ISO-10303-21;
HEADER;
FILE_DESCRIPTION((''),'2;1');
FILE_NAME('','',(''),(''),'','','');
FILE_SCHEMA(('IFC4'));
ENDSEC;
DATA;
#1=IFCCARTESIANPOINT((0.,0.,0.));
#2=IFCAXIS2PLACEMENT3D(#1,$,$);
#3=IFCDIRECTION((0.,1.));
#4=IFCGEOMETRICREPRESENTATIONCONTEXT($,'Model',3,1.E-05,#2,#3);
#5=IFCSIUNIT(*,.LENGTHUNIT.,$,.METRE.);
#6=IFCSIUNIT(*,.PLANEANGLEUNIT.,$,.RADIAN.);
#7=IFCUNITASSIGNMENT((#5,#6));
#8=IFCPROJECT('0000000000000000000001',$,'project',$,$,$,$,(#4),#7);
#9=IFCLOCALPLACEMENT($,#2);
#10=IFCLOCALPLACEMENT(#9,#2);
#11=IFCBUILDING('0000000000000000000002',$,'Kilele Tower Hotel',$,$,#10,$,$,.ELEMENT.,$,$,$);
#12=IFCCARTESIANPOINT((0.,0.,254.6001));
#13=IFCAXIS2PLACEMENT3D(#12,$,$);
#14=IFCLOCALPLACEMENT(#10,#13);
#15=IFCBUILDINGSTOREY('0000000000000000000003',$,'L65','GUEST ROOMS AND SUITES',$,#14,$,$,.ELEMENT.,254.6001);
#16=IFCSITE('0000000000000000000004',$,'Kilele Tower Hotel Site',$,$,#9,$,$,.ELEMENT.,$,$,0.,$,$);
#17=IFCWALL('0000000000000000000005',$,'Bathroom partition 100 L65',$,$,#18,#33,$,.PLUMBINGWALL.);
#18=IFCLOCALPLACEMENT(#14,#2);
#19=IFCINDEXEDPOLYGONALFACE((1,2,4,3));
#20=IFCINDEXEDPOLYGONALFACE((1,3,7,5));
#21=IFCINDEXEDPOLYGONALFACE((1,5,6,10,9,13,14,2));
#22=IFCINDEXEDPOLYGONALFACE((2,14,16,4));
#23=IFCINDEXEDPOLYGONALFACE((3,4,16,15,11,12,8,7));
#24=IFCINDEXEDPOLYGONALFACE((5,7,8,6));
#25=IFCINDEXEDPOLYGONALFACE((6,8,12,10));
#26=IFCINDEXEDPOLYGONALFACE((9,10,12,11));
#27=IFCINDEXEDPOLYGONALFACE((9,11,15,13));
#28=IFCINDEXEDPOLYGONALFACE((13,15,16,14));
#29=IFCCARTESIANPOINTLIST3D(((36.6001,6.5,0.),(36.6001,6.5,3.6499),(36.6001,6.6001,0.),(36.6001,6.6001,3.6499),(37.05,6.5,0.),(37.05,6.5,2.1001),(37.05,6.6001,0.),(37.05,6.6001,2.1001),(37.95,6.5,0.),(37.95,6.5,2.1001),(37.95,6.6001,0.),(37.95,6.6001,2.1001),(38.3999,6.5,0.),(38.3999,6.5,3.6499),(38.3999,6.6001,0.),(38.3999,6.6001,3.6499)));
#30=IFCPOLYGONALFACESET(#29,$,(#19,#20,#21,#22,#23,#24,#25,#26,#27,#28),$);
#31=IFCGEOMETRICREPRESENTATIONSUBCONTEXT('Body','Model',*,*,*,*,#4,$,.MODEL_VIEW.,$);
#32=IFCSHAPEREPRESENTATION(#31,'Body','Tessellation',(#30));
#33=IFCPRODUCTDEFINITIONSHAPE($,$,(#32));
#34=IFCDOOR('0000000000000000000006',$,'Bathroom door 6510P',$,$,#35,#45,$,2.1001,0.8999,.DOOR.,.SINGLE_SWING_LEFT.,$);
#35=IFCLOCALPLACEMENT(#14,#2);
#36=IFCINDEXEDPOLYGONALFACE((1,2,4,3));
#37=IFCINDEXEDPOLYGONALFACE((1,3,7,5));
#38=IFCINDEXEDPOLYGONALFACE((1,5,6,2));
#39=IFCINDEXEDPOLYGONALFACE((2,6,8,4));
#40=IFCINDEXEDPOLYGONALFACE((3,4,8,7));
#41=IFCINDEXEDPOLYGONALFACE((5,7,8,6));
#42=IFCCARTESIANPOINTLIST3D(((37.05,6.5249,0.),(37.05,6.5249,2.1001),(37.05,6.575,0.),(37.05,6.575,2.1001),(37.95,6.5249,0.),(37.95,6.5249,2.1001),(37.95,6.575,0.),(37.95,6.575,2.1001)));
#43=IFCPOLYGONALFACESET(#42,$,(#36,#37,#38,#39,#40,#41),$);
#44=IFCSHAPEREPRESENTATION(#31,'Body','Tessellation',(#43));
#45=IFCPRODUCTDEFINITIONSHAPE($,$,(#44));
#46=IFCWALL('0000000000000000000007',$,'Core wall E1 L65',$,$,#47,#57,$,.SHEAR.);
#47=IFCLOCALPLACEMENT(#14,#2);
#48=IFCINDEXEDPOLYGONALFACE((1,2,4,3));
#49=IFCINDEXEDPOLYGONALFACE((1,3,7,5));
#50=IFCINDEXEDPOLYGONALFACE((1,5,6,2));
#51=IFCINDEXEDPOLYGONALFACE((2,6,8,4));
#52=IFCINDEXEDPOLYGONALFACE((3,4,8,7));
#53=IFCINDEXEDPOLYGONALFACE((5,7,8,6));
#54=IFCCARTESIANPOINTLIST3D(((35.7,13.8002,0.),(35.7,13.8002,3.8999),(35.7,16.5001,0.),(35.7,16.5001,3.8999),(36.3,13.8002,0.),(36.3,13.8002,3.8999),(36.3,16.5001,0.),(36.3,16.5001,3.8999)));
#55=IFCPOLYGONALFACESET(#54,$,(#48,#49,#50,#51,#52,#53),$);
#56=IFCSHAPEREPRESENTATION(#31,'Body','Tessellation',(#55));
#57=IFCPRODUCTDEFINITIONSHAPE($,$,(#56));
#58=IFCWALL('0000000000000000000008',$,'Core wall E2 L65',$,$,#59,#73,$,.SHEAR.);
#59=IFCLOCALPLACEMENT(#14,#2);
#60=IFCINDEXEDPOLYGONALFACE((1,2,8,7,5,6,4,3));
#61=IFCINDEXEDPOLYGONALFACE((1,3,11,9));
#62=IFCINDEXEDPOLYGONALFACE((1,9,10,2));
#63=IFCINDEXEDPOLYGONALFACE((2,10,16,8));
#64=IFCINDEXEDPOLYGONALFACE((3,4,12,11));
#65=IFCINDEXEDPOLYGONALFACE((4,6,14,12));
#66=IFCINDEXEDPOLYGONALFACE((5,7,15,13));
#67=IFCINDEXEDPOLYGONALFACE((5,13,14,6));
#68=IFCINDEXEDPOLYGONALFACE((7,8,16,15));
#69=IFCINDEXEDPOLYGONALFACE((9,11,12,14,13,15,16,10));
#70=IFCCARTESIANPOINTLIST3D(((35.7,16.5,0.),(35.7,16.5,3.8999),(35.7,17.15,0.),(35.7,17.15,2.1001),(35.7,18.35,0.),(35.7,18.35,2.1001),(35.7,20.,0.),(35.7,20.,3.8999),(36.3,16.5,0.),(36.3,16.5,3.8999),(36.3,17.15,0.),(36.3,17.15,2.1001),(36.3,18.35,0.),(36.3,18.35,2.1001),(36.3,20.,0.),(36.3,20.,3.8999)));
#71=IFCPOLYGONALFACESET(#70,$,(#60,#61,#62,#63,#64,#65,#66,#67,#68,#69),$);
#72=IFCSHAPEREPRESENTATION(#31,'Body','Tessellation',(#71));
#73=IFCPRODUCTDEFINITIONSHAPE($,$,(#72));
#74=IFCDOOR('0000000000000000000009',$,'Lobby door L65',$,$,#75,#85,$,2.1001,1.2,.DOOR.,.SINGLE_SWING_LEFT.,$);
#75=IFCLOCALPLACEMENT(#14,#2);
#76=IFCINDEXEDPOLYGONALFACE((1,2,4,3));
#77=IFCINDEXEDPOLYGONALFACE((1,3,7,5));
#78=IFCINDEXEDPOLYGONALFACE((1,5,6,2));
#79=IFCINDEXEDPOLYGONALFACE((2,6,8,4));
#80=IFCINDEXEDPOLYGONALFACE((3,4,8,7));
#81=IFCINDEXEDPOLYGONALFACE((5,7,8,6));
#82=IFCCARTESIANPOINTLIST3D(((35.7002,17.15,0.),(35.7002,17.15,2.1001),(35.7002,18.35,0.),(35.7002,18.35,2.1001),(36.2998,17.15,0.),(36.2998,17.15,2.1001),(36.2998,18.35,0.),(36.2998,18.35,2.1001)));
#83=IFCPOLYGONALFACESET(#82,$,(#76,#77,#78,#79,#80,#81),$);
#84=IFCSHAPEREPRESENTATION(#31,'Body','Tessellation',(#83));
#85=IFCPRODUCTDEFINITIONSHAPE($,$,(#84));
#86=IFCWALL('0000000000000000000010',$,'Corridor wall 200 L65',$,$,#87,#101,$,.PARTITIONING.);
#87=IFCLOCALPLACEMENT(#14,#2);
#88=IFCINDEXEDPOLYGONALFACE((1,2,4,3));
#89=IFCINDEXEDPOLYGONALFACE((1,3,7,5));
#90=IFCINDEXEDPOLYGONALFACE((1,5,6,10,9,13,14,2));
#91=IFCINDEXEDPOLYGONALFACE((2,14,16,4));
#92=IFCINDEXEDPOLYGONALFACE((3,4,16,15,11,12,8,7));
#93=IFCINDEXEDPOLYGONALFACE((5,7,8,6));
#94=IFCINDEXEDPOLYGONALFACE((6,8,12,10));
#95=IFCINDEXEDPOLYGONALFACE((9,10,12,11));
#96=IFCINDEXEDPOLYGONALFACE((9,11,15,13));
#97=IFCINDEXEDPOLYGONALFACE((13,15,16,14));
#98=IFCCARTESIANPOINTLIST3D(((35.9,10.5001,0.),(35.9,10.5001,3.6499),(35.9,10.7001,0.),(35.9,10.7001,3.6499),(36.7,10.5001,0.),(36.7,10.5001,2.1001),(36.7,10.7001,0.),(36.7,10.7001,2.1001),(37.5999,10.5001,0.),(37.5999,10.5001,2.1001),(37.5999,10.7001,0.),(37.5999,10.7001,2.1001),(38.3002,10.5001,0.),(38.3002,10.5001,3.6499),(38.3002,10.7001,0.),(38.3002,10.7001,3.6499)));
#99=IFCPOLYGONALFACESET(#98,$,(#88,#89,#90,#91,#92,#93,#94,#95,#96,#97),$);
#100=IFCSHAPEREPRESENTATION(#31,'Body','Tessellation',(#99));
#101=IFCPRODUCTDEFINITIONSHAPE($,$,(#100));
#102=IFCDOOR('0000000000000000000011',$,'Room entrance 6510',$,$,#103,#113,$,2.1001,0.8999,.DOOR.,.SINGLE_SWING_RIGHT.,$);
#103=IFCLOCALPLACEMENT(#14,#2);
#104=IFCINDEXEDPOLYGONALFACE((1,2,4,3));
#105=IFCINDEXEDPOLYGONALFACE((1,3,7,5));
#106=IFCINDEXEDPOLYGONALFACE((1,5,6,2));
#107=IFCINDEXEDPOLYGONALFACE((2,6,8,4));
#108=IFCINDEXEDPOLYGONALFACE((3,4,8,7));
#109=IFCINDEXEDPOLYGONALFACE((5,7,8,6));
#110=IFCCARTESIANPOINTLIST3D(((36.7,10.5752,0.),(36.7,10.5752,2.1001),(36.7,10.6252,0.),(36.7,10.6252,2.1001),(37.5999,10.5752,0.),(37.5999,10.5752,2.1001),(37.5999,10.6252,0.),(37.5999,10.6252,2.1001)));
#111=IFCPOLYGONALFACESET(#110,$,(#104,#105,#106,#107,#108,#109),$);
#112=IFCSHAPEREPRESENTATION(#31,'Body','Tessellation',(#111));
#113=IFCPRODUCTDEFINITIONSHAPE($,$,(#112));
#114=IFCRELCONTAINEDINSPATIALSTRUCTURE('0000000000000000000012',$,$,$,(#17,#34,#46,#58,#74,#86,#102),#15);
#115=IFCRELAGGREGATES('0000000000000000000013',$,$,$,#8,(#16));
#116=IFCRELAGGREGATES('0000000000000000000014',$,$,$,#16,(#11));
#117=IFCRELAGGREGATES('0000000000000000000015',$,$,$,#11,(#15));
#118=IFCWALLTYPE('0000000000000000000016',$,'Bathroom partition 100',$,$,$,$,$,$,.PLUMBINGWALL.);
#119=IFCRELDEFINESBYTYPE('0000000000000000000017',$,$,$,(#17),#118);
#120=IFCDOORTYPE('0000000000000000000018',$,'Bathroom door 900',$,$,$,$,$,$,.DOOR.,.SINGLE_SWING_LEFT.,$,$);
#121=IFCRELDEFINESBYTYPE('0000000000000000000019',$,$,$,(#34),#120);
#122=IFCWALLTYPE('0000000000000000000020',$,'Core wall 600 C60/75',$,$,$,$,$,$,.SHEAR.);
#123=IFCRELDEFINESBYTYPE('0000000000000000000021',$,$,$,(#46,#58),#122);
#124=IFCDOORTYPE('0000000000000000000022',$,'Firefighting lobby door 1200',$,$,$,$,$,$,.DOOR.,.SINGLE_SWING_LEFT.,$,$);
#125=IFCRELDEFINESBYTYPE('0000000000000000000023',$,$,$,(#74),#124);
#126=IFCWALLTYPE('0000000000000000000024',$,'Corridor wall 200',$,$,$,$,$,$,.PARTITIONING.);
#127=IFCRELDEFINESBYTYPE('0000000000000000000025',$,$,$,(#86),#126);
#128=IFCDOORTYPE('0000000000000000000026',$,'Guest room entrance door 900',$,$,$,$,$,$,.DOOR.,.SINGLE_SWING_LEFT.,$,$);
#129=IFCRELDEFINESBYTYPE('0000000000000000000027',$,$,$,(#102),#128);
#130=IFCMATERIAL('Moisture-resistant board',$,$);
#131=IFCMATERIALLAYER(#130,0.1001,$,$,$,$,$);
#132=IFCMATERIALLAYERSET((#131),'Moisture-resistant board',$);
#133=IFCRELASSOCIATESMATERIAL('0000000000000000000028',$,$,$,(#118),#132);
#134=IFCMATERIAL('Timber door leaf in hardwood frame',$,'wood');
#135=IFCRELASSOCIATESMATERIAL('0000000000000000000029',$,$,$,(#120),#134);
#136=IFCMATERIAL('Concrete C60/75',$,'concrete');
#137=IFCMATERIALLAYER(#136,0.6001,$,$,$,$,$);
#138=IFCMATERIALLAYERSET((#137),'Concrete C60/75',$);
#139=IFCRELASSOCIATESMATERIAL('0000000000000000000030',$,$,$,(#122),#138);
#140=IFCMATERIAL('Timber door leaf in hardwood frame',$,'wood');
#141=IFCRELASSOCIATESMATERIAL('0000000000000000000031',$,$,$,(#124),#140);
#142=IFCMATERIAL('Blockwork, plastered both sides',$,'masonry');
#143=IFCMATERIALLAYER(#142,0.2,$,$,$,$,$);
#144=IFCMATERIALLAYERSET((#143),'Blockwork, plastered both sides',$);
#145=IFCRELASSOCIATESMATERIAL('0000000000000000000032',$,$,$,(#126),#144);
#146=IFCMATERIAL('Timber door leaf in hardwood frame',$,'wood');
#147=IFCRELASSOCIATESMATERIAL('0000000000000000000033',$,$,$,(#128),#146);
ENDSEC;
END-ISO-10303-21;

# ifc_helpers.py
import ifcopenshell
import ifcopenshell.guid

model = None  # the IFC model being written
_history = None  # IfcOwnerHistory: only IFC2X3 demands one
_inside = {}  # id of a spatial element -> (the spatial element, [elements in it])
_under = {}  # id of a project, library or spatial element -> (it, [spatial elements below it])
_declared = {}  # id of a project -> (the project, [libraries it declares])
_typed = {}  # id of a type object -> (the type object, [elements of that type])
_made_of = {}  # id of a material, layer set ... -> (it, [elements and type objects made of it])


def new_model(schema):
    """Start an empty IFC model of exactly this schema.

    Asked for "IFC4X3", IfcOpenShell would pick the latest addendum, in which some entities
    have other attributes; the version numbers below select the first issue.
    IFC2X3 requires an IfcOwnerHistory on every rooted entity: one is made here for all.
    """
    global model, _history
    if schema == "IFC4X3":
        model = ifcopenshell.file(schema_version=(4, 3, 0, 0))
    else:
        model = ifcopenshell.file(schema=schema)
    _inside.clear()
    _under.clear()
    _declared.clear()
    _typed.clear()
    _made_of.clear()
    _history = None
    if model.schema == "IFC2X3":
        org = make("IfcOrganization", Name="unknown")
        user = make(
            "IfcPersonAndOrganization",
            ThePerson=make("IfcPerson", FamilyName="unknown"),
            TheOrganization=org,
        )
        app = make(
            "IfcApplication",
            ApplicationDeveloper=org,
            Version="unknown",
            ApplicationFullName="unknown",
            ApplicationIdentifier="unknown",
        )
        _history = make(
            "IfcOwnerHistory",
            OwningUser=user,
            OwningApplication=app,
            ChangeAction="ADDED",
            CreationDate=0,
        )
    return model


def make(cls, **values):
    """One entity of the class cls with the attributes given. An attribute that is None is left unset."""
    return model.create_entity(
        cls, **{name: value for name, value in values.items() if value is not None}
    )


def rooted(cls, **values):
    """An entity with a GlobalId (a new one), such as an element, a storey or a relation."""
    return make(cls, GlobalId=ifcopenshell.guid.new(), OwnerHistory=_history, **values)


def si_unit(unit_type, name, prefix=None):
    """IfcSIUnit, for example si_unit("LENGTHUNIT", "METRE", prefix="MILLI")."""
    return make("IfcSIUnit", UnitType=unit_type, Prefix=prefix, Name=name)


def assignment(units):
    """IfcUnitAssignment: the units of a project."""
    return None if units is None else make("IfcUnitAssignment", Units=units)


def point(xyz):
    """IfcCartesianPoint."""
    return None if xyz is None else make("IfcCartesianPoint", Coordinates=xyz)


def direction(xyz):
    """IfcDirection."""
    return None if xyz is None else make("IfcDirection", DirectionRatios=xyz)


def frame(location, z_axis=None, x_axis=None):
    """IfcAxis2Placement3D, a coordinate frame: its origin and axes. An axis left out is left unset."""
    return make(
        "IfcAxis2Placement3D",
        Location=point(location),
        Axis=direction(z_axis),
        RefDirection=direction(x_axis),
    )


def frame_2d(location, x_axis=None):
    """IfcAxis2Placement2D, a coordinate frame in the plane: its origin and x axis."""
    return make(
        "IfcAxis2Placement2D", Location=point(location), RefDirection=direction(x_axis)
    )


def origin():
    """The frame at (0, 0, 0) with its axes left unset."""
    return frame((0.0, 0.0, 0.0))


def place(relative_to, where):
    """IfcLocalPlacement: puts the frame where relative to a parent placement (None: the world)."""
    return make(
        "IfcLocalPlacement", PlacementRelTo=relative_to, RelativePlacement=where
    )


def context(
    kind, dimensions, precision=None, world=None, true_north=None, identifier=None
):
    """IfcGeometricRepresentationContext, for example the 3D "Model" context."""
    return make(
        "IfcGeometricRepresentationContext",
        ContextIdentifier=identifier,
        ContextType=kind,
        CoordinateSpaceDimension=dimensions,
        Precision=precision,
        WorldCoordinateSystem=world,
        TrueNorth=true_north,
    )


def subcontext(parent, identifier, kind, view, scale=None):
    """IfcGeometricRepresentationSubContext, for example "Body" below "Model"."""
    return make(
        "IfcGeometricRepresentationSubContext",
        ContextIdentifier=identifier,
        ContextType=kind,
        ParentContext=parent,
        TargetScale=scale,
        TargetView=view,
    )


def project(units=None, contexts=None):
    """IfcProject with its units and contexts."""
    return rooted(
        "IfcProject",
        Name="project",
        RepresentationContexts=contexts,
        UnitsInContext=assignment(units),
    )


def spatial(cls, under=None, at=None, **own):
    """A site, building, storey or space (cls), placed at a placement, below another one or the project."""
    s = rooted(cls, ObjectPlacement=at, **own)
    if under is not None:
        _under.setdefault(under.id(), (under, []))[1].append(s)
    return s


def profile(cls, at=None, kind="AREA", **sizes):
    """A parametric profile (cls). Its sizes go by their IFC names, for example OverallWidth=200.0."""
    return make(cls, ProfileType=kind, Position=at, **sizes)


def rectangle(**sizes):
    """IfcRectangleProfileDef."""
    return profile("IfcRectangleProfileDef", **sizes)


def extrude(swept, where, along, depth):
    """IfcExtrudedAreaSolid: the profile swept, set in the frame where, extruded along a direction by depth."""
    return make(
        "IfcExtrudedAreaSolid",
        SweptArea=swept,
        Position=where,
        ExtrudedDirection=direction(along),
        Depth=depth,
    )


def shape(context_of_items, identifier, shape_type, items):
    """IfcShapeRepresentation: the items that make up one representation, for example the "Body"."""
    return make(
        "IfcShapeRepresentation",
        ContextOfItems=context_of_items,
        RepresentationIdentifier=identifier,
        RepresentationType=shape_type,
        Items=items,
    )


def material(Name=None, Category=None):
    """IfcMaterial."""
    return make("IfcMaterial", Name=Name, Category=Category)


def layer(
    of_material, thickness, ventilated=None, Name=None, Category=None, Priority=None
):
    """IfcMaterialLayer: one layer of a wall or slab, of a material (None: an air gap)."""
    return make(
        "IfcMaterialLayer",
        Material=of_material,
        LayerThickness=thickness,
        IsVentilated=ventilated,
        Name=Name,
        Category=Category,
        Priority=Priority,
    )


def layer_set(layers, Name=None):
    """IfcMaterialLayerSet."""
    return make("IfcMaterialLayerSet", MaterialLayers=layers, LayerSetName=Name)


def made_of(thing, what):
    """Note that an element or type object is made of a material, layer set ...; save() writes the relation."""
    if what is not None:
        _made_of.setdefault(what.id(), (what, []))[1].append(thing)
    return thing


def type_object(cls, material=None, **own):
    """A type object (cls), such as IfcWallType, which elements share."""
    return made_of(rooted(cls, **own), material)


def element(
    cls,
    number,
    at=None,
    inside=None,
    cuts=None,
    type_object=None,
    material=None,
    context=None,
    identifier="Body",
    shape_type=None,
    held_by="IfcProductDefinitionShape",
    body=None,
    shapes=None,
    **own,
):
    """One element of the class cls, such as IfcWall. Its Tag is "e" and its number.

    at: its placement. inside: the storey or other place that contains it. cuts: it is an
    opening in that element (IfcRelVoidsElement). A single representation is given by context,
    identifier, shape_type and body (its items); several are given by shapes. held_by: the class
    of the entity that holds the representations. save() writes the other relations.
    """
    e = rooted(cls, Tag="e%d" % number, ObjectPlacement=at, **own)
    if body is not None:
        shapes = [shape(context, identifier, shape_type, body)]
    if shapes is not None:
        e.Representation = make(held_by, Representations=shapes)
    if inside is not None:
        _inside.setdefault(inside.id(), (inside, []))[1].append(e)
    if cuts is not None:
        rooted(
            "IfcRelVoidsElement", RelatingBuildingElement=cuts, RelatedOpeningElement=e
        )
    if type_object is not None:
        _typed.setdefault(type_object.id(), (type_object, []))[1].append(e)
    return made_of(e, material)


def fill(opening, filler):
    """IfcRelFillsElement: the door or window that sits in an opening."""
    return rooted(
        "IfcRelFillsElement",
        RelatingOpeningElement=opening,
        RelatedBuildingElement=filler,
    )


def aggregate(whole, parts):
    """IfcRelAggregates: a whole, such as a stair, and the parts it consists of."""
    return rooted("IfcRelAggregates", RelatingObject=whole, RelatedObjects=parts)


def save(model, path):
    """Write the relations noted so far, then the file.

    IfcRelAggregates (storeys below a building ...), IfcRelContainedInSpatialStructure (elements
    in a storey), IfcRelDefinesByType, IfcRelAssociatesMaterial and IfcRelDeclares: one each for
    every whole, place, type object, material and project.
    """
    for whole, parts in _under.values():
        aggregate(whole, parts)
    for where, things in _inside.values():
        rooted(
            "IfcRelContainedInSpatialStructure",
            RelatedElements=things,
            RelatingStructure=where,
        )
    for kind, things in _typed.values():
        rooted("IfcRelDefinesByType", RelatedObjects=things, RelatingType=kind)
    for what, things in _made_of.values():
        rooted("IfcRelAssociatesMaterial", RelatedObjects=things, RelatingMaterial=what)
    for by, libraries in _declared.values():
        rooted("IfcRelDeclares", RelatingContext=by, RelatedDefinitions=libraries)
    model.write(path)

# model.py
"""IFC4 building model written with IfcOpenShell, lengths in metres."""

from ifc_helpers import new_model, si_unit, direction, frame, frame_2d, origin, place, context, subcontext, project, spatial, rectangle, extrude, material, layer, layer_set, type_object, element, fill, save


model = new_model("IFC4")

# Units and contexts
model_context = context("Model", 3, precision=1e-05, world=origin(), true_north=direction((0.0, 1.0)))
body_context = subcontext(model_context, "Body", "Model", "MODEL_VIEW")
ifc_project = project(units=[si_unit("LENGTHUNIT", "METRE"), si_unit("PLANEANGLEUNIT", "RADIAN")], contexts=[model_context])

# Site, building, storey
site_placement = place(None, origin())
site = spatial("IfcSite", under=ifc_project, at=site_placement, Name="Kilele Tower Hotel Site", CompositionType="ELEMENT", RefElevation=0.0)
building_placement = place(site_placement, origin())
building = spatial("IfcBuilding", under=site, at=building_placement, Name="Kilele Tower Hotel", CompositionType="ELEMENT")
storey_placement = place(building_placement, frame((0.0, 0.0, 254.6001)))
storey = spatial("IfcBuildingStorey", under=building, at=storey_placement, Name="L65", Description="GUEST ROOMS AND SUITES", CompositionType="ELEMENT", Elevation=254.6001)

# Shared definitions
ifc_material_1 = material(Name="Moisture-resistant board")
ifc_layer_1 = layer(ifc_material_1, 0.1001)
ifc_layer_set_1 = layer_set([ifc_layer_1], Name="Moisture-resistant board")
wall_type_1 = type_object("IfcWallType", Name="Bathroom partition 100", PredefinedType="PLUMBINGWALL", material=ifc_layer_set_1)

# Shared definitions
ifc_material_2 = material(Name="Timber door leaf in hardwood frame", Category="wood")
door_type_1 = type_object("IfcDoorType", Name="Bathroom door 900", OperationType="SINGLE_SWING_LEFT", PredefinedType="DOOR", material=ifc_material_2)

# Wall, opening, door
wall_1_placement = place(storey_placement, frame((36.6001, 6.55, 0.0), z_axis=(0.0, 0.0, 1.0), x_axis=(1.0, 0.0, 0.0)))
wall_1 = element("IfcWall", 1, at=wall_1_placement, inside=storey, type_object=wall_type_1, Name="Bathroom partition 100 L65", PredefinedType="PLUMBINGWALL", context=body_context, shape_type="SweptSolid", body=[
    extrude(rectangle(XDim=1.7998, YDim=0.1001, at=frame_2d((0.8999, 0.0))), origin(), (0.0, 0.0, 1.0), 3.6499),
])
opening_1_placement = place(wall_1_placement, frame((0.45, 0.0, 0.0)))
opening_1 = element("IfcOpeningElement", 2, at=opening_1_placement, cuts=wall_1, PredefinedType="OPENING", context=body_context, shape_type="SweptSolid", body=[
    extrude(rectangle(XDim=0.8999, YDim=2.1001, at=frame_2d((0.45, 1.05))), frame((0.0, 0.0601, 0.0), z_axis=(0.0, -1.0, 0.0), x_axis=(1.0, 0.0, 0.0)), (0.0, 0.0, 1.0), 0.1201),
])
door_1_placement = place(opening_1_placement, origin())
door_1 = element("IfcDoor", 3, at=door_1_placement, inside=storey, type_object=door_type_1, Name="Bathroom door 6510P", OperationType="SINGLE_SWING_LEFT", OverallHeight=2.1001, OverallWidth=0.8999, PredefinedType="DOOR", context=body_context, shape_type="SweptSolid", body=[
    extrude(rectangle(XDim=0.8999, YDim=2.1001, at=frame_2d((0.45, 1.05))), frame((0.0, 0.0249, 0.0), z_axis=(0.0, -1.0, 0.0), x_axis=(1.0, 0.0, 0.0)), (0.0, 0.0, 1.0), 0.05),
])
fill(opening_1, door_1)

# Wall
ifc_material_3 = material(Name="Concrete C60/75", Category="concrete")
ifc_layer_2 = layer(ifc_material_3, 0.6001)
ifc_layer_set_2 = layer_set([ifc_layer_2], Name="Concrete C60/75")
wall_type_2 = type_object("IfcWallType", Name="Core wall 600 C60/75", PredefinedType="SHEAR", material=ifc_layer_set_2)
wall_2_placement = place(storey_placement, frame((36.0, 13.8, 0.0), z_axis=(0.0, 0.0, 1.0), x_axis=(0.0, 1.0, 0.0)))
element("IfcWall", 4, at=wall_2_placement, inside=storey, type_object=wall_type_2, Name="Core wall E1 L65", PredefinedType="SHEAR", context=body_context, shape_type="SweptSolid", body=[
    extrude(rectangle(XDim=2.7, YDim=0.6001, at=frame_2d((1.3501, 0.0))), origin(), (0.0, 0.0, 1.0), 3.8999),
])

# Walls, openings, doors
wall_3_placement = place(storey_placement, frame((36.0, 16.5, 0.0), z_axis=(0.0, 0.0, 1.0), x_axis=(0.0, 1.0, 0.0)))
wall_3 = element("IfcWall", 5, at=wall_3_placement, inside=storey, type_object=wall_type_2, Name="Core wall E2 L65", PredefinedType="SHEAR", context=body_context, shape_type="SweptSolid", body=[
    extrude(rectangle(XDim=3.5, YDim=0.6001, at=frame_2d((1.75, 0.0))), origin(), (0.0, 0.0, 1.0), 3.8999),
])
opening_2_placement = place(wall_3_placement, frame((0.6499, 0.0, 0.0)))
opening_2 = element("IfcOpeningElement", 6, at=opening_2_placement, cuts=wall_3, PredefinedType="OPENING", context=body_context, shape_type="SweptSolid", body=[
    extrude(rectangle(XDim=1.2, YDim=2.1001, at=frame_2d((0.6001, 1.05))), frame((0.0, 0.3101, 0.0), z_axis=(0.0, -1.0, 0.0), x_axis=(1.0, 0.0, 0.0)), (0.0, 0.0, 1.0), 0.6201),
])
ifc_material_4 = material(Name="Timber door leaf in hardwood frame", Category="wood")
door_type_2 = type_object("IfcDoorType", Name="Firefighting lobby door 1200", OperationType="SINGLE_SWING_LEFT", PredefinedType="DOOR", material=ifc_material_4)
door_2_placement = place(opening_2_placement, origin())
door_2 = element("IfcDoor", 7, at=door_2_placement, inside=storey, type_object=door_type_2, Name="Lobby door L65", OperationType="SINGLE_SWING_LEFT", OverallHeight=2.1001, OverallWidth=1.2, PredefinedType="DOOR", context=body_context, shape_type="SweptSolid", body=[
    extrude(rectangle(XDim=1.2, YDim=2.1001, at=frame_2d((0.6001, 1.05))), frame((0.0, 0.2998, 0.0), z_axis=(0.0, -1.0, 0.0), x_axis=(1.0, 0.0, 0.0)), (0.0, 0.0, 1.0), 0.5996),
])
fill(opening_2, door_2)
ifc_material_5 = material(Name="Blockwork, plastered both sides", Category="masonry")
ifc_layer_3 = layer(ifc_material_5, 0.2)
ifc_layer_set_3 = layer_set([ifc_layer_3], Name="Blockwork, plastered both sides")
wall_type_3 = type_object("IfcWallType", Name="Corridor wall 200", PredefinedType="PARTITIONING", material=ifc_layer_set_3)
wall_4_placement = place(storey_placement, frame((35.8999, 10.6001, 0.0), z_axis=(0.0, 0.0, 1.0), x_axis=(1.0, 0.0, 0.0)))
wall_4 = element("IfcWall", 8, at=wall_4_placement, inside=storey, type_object=wall_type_3, Name="Corridor wall 200 L65", PredefinedType="PARTITIONING", context=body_context, shape_type="SweptSolid", body=[
    extrude(rectangle(XDim=2.4001, YDim=0.2, at=frame_2d((1.2002, 0.0))), origin(), (0.0, 0.0, 1.0), 3.6499),
])
opening_3_placement = place(wall_4_placement, frame((1.7, 0.0, 0.0), z_axis=(0.0, 0.0, 1.0), x_axis=(-1.0, 0.0, 0.0)))
opening_3 = element("IfcOpeningElement", 9, at=opening_3_placement, cuts=wall_4, PredefinedType="OPENING", context=body_context, shape_type="SweptSolid", body=[
    extrude(rectangle(XDim=0.8999, YDim=2.1001, at=frame_2d((0.45, 1.05))), frame((0.0, 0.1099, 0.0), z_axis=(0.0, -1.0, 0.0), x_axis=(1.0, 0.0, 0.0)), (0.0, 0.0, 1.0), 0.22),
])
ifc_material_6 = material(Name="Timber door leaf in hardwood frame", Category="wood")
door_type_3 = type_object("IfcDoorType", Name="Guest room entrance door 900", OperationType="SINGLE_SWING_LEFT", PredefinedType="DOOR", material=ifc_material_6)
door_3_placement = place(opening_3_placement, origin())
door_3 = element("IfcDoor", 10, at=door_3_placement, inside=storey, type_object=door_type_3, Name="Room entrance 6510", OperationType="SINGLE_SWING_RIGHT", OverallHeight=2.1001, OverallWidth=0.8999, PredefinedType="DOOR", context=body_context, shape_type="SweptSolid", body=[
    extrude(rectangle(XDim=0.8999, YDim=2.1001, at=frame_2d((0.45, 1.05))), frame((0.0, 0.0249, 0.0), z_axis=(0.0, -1.0, 0.0), x_axis=(1.0, 0.0, 0.0)), (0.0, 0.0, 1.0), 0.05),
])
fill(opening_3, door_3)

save(model, "model.ifc")
